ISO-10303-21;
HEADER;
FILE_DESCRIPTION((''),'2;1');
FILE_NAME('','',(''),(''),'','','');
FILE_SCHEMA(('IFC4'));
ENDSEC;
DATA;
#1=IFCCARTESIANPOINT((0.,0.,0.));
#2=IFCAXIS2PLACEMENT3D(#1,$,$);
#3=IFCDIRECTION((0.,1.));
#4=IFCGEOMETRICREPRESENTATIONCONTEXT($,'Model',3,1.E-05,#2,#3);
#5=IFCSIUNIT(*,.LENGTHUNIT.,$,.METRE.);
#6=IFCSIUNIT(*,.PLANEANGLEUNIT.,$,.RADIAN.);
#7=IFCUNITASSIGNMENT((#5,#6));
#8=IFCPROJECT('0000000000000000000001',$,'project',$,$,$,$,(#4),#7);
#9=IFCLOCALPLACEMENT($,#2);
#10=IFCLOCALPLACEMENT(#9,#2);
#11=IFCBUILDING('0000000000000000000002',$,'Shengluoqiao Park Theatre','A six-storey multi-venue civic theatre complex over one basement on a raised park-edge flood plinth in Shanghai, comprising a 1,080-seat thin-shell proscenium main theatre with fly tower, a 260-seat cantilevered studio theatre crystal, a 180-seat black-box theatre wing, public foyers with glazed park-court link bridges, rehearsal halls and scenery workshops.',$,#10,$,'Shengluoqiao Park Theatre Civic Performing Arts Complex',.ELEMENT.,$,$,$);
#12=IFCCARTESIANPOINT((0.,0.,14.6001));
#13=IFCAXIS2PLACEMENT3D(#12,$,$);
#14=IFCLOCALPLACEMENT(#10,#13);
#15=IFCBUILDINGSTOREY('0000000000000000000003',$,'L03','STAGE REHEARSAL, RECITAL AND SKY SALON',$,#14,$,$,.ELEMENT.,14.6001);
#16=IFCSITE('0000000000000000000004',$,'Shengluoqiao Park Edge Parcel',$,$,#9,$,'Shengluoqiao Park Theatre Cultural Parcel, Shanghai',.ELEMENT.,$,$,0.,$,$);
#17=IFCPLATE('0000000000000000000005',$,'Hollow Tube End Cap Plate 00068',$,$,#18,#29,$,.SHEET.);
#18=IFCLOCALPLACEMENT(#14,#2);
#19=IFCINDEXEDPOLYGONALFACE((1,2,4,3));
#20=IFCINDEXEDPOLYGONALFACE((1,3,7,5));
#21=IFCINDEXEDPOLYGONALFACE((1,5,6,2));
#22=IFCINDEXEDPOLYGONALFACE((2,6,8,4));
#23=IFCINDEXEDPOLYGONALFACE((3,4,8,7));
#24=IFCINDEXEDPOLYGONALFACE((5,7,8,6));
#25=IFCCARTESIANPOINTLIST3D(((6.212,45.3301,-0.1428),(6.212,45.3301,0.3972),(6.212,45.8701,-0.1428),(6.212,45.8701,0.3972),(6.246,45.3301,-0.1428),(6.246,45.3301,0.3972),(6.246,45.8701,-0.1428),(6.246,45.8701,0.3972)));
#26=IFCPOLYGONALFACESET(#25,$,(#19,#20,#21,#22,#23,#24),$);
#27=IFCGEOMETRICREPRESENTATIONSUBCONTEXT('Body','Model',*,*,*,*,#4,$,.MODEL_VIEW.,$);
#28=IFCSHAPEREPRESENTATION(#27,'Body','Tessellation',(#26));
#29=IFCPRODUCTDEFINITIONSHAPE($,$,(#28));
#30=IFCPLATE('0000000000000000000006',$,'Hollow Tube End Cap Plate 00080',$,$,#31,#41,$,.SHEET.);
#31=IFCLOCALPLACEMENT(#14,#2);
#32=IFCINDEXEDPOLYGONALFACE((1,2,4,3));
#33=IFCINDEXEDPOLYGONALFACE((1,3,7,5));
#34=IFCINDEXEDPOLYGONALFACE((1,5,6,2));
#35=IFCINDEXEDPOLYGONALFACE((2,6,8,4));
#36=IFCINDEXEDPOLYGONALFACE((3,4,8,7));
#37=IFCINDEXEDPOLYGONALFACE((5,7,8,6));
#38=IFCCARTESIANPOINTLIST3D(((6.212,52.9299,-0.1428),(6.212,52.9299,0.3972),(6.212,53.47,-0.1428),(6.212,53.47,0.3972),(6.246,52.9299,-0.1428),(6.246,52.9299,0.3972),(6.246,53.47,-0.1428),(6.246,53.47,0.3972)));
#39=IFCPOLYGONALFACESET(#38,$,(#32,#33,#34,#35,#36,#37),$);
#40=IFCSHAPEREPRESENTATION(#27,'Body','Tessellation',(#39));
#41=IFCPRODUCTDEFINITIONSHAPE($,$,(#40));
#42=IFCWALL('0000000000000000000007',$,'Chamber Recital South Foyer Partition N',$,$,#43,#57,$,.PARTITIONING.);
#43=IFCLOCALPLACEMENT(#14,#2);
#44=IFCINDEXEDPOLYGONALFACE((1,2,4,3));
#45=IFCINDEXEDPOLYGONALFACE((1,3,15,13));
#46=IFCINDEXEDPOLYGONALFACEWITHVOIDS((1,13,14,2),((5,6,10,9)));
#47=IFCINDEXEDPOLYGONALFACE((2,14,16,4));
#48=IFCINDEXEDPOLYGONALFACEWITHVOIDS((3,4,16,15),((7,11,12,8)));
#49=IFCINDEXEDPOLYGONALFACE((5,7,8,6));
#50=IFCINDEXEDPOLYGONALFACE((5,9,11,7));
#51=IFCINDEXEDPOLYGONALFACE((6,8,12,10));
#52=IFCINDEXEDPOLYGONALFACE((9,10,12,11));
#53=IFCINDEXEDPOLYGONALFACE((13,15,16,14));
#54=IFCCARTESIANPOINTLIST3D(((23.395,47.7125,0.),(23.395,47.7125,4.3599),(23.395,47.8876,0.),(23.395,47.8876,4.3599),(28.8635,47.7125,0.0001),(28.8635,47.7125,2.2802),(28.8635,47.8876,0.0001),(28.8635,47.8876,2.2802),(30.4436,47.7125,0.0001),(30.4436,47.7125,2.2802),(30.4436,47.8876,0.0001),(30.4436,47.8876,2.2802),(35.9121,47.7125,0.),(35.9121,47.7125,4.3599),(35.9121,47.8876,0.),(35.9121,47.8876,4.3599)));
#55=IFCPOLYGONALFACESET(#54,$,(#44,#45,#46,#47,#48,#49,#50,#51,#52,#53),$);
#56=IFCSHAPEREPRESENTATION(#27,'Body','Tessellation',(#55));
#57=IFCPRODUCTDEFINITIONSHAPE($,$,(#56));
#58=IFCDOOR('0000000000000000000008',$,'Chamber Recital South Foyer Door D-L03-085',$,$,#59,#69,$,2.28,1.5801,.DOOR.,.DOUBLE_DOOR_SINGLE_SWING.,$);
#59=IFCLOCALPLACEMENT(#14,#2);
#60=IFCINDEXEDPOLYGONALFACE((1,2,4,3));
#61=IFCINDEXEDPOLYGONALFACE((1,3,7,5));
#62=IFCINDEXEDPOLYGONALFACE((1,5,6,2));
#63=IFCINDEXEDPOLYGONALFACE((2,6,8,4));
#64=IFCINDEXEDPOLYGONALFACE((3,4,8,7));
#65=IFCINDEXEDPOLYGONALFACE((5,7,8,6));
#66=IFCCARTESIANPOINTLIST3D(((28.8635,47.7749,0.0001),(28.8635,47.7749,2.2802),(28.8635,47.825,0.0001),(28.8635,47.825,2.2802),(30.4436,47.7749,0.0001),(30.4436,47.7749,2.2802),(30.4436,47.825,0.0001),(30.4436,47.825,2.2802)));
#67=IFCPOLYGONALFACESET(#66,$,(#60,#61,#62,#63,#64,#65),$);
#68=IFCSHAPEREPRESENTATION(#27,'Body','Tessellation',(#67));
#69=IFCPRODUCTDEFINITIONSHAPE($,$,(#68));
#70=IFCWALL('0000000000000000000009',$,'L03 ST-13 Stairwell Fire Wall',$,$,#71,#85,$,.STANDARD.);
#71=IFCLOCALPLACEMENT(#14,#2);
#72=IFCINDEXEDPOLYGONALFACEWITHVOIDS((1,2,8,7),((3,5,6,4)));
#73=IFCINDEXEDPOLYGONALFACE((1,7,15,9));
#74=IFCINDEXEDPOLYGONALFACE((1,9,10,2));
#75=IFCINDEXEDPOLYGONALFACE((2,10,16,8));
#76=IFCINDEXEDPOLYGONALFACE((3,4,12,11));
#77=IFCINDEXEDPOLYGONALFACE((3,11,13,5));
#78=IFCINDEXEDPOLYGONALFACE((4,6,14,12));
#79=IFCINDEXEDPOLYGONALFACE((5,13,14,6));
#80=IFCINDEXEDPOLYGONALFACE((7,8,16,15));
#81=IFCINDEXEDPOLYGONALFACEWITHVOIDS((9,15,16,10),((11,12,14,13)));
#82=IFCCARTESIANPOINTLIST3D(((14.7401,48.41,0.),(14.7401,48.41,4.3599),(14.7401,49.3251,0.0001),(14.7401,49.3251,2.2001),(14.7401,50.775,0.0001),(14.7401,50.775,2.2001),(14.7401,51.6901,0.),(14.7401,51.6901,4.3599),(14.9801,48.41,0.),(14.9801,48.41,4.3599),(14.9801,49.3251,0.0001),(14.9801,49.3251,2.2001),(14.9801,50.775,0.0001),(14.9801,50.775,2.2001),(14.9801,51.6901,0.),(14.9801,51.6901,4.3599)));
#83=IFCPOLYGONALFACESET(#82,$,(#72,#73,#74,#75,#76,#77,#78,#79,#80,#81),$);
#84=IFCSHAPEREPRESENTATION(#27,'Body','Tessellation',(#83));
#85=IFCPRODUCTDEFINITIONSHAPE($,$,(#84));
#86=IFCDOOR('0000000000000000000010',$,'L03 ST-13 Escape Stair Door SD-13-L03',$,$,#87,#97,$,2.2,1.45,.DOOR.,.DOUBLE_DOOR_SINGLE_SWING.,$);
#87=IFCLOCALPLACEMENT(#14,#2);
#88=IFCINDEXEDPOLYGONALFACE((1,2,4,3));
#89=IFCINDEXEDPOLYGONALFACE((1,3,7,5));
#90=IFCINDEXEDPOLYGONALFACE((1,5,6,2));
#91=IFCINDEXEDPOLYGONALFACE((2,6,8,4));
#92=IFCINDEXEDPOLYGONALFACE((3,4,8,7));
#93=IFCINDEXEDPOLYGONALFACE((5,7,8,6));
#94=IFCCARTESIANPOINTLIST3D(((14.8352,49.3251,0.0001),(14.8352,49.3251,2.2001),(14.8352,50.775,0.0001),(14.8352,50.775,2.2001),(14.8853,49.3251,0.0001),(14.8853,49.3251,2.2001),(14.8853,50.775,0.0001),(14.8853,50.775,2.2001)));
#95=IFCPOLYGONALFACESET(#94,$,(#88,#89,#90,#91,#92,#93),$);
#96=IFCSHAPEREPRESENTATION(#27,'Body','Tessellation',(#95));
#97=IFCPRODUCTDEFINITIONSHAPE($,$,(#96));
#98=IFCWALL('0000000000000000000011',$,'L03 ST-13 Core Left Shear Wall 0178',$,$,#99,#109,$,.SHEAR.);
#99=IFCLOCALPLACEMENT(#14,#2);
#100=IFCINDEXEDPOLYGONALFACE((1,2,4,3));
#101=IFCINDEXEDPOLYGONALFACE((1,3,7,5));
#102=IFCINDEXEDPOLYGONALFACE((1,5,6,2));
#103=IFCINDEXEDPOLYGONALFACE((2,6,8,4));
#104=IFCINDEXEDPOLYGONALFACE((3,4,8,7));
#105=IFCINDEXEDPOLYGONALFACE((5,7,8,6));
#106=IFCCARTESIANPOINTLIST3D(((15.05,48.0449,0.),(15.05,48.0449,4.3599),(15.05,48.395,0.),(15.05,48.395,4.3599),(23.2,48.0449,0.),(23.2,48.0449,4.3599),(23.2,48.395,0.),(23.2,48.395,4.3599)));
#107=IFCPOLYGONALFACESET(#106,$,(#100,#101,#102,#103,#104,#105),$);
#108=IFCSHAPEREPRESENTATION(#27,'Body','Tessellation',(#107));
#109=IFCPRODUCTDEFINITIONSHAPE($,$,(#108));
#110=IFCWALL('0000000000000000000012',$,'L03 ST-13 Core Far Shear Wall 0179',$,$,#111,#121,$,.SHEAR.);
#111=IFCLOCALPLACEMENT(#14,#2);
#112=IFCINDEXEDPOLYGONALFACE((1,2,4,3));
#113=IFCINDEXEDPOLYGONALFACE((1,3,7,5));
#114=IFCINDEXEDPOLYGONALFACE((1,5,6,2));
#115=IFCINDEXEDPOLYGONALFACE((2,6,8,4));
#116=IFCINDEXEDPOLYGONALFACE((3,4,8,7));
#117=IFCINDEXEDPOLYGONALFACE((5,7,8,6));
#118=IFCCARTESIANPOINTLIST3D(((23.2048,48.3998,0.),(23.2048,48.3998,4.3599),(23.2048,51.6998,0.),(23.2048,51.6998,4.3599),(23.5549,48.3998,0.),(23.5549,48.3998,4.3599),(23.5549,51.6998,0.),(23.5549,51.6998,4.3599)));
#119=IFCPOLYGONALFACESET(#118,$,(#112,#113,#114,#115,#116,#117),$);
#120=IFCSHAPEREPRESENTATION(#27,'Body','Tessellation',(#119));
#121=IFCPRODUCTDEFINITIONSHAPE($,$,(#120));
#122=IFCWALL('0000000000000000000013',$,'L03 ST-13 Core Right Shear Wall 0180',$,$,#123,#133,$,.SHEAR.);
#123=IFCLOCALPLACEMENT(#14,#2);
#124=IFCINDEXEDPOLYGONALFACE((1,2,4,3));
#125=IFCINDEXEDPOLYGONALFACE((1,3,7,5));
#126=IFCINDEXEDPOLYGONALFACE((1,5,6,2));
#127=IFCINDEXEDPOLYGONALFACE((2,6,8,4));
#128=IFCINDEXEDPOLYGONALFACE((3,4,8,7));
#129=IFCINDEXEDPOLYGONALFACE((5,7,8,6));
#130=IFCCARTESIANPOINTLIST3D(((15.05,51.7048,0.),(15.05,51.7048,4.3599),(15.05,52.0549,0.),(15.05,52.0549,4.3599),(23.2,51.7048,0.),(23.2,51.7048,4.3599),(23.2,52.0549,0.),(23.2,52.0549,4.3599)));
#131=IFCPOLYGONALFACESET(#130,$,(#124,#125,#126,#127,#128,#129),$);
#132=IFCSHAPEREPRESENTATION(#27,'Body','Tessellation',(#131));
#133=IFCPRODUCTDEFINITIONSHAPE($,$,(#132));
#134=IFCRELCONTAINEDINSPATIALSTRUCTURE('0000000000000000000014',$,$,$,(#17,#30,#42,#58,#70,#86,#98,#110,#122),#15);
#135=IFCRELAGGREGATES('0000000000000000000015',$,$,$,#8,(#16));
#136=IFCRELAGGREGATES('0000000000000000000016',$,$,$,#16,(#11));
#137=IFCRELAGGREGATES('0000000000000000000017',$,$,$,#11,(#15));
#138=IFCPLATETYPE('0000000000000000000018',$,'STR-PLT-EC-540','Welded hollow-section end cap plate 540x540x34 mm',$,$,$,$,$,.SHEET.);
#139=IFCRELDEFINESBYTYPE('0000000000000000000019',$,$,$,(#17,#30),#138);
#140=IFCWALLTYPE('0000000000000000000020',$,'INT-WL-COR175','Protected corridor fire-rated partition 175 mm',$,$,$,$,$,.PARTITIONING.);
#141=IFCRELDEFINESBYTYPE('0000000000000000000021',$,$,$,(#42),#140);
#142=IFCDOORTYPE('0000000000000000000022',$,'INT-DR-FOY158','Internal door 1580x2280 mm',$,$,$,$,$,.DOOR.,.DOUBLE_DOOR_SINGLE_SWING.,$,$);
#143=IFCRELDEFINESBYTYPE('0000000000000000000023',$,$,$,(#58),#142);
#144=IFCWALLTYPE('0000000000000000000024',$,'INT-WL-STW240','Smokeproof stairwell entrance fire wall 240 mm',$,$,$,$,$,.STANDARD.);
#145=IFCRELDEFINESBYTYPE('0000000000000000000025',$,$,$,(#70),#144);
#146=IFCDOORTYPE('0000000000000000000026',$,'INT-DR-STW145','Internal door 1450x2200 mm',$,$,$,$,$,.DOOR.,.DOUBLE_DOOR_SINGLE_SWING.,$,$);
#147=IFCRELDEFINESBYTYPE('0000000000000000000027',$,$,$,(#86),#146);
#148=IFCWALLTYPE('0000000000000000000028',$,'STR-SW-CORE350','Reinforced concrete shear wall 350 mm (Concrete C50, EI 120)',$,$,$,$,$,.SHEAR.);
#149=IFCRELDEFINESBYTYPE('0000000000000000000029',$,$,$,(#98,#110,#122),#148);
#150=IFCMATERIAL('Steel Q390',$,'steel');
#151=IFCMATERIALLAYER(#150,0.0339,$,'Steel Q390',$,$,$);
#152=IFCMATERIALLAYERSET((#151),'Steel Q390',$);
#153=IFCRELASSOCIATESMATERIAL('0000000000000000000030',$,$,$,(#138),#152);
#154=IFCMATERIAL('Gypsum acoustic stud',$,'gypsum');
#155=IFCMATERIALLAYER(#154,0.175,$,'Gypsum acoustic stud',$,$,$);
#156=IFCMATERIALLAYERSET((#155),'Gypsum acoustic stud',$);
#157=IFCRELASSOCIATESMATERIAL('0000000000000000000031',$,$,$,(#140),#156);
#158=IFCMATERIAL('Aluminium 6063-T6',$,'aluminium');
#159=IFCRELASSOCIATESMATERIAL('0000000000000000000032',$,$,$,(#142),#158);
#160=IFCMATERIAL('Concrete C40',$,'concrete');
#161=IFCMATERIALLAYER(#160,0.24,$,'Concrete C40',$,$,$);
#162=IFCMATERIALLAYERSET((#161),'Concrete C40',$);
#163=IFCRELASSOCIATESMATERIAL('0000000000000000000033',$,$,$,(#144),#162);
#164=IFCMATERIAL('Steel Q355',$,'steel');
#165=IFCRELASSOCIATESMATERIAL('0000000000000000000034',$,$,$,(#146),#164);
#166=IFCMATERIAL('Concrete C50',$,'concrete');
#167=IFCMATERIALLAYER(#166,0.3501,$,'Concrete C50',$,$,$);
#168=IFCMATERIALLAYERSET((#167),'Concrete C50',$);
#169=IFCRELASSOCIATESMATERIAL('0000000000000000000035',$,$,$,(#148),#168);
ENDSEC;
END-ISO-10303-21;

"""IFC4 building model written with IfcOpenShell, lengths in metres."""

from ifc_helpers import new_model, si_unit, direction, frame, frame_2d, origin, origin_2d, place, context, subcontext, project, spatial, rectangle, extrude, material, layer, layer_set, type_object, element, fill, save


model = new_model("IFC4")

# Units and contexts
model_context = context("Model", 3, precision=1e-05, world=origin(), true_north=direction((0.0, 1.0)))
body_context = subcontext(model_context, "Body", "Model", "MODEL_VIEW")
ifc_project = project(units=[si_unit("LENGTHUNIT", "METRE"), si_unit("PLANEANGLEUNIT", "RADIAN")], contexts=[model_context])

# Site, building, storey
site_placement = place(None, origin())
site = spatial("IfcSite", under=ifc_project, at=site_placement, Name="Shengluoqiao Park Edge Parcel", LongName="Shengluoqiao Park Theatre Cultural Parcel, Shanghai", CompositionType="ELEMENT", RefElevation=0.0)
building_placement = place(site_placement, origin())
building = spatial("IfcBuilding", under=site, at=building_placement, Name="Shengluoqiao Park Theatre", Description="A six-storey multi-venue civic theatre complex over one basement on a raised park-edge flood plinth in Shanghai, comprising a 1,080-seat thin-shell proscenium main theatre with fly tower, a 260-seat cantilevered studio theatre crystal, a 180-seat black-box theatre wing, public foyers with glazed park-court link bridges, rehearsal halls and scenery workshops.", LongName="Shengluoqiao Park Theatre Civic Performing Arts Complex", CompositionType="ELEMENT")
storey_placement = place(building_placement, frame((0.0, 0.0, 14.6001)))
storey = spatial("IfcBuildingStorey", under=building, at=storey_placement, Name="L03", Description="STAGE REHEARSAL, RECITAL AND SKY SALON", CompositionType="ELEMENT", Elevation=14.6001)

# Shared definitions
ifc_material_1 = material(Name="Steel Q355", Category="steel")

# Shared definitions
ifc_material_2 = material(Name="Steel Q390", Category="steel")

# Plates
ifc_layer_1 = layer(ifc_material_2, 0.0339, Name="Steel Q390")
ifc_layer_set_1 = layer_set([ifc_layer_1], Name="Steel Q390")
plate_type = type_object("IfcPlateType", Name="STR-PLT-EC-540", Description="Welded hollow-section end cap plate 540x540x34 mm", PredefinedType="SHEET", material=ifc_layer_set_1)
for number, where, z_axis, x_axis, name in (
    (1, (6.229, 45.6001, -0.1428), (0.0, 0.0, 1.0), (-1.0, 0.0, 0.0), "Hollow Tube End Cap Plate 00068"),
    (2, (6.229, 53.2, -0.1428), (0.0, 0.0, 1.0), (-1.0, 0.0, 0.0), "Hollow Tube End Cap Plate 00080"),
):
    element("IfcPlate", number, at=place(storey_placement, frame(where, z_axis=z_axis, x_axis=x_axis)), inside=storey, type_object=plate_type, Name=name, PredefinedType="SHEET", context=body_context, shape_type="SweptSolid", body=[
        extrude(rectangle(XDim=0.0339, YDim=0.54, at=origin_2d()), origin(), (0.0, 0.0, 1.0), 0.54),
    ])

# Walls, openings, doors
ifc_material_3 = material(Name="Gypsum acoustic stud", Category="gypsum")
ifc_layer_2 = layer(ifc_material_3, 0.175, Name="Gypsum acoustic stud")
ifc_layer_set_2 = layer_set([ifc_layer_2], Name="Gypsum acoustic stud")
wall_type_1 = type_object("IfcWallType", Name="INT-WL-COR175", Description="Protected corridor fire-rated partition 175 mm", PredefinedType="PARTITIONING", material=ifc_layer_set_2)
wall_1_placement = place(storey_placement, frame((23.395, 47.8, 0.0), z_axis=(0.0, 0.0, 1.0), x_axis=(1.0, 0.0, 0.0)))
wall_1 = element("IfcWall", 3, at=wall_1_placement, inside=storey, type_object=wall_type_1, Name="Chamber Recital South Foyer Partition N", PredefinedType="PARTITIONING", context=body_context, shape_type="SweptSolid", body=[
    extrude(rectangle(XDim=12.5171, YDim=0.175, at=frame_2d((6.2585, 0.0))), origin(), (0.0, 0.0, 1.0), 4.3599),
])
opening_1_placement = place(wall_1_placement, frame((5.4685, 0.0, 0.0)))
opening_1 = element("IfcOpeningElement", 4, at=opening_1_placement, cuts=wall_1, PredefinedType="OPENING", context=body_context, shape_type="SweptSolid", body=[
    extrude(rectangle(XDim=1.5801, YDim=2.28, at=frame_2d((0.79, 1.1401))), frame((0.0, 0.0974, 0.0), z_axis=(0.0, -1.0, 0.0), x_axis=(1.0, 0.0, 0.0)), (0.0, 0.0, 1.0), 0.1951),
])
ifc_material_4 = material(Name="Aluminium 6063-T6", Category="aluminium")
door_type_1 = type_object("IfcDoorType", Name="INT-DR-FOY158", Description="Internal door 1580x2280 mm", OperationType="DOUBLE_DOOR_SINGLE_SWING", PredefinedType="DOOR", material=ifc_material_4)
door_1_placement = place(opening_1_placement, origin())
door_1 = element("IfcDoor", 5, at=door_1_placement, inside=storey, type_object=door_type_1, Name="Chamber Recital South Foyer Door D-L03-085", OperationType="DOUBLE_DOOR_SINGLE_SWING", OverallHeight=2.28, OverallWidth=1.5801, PredefinedType="DOOR", context=body_context, shape_type="SweptSolid", body=[
    extrude(rectangle(XDim=1.5801, YDim=2.28, at=frame_2d((0.79, 1.1401))), frame((0.0, 0.0249, 0.0), z_axis=(0.0, -1.0, 0.0), x_axis=(1.0, 0.0, 0.0)), (0.0, 0.0, 1.0), 0.05),
])
fill(opening_1, door_1)
ifc_material_5 = material(Name="Concrete C40", Category="concrete")
ifc_layer_3 = layer(ifc_material_5, 0.24, Name="Concrete C40")
ifc_layer_set_3 = layer_set([ifc_layer_3], Name="Concrete C40")
wall_type_2 = type_object("IfcWallType", Name="INT-WL-STW240", Description="Smokeproof stairwell entrance fire wall 240 mm", PredefinedType="STANDARD", material=ifc_layer_set_3)
wall_2_placement = place(storey_placement, frame((14.8601, 48.4099, 0.0), z_axis=(0.0, 0.0, 1.0), x_axis=(0.0, 1.0, 0.0)))
wall_2 = element("IfcWall", 6, at=wall_2_placement, inside=storey, type_object=wall_type_2, Name="L03 ST-13 Stairwell Fire Wall", PredefinedType="STANDARD", context=body_context, shape_type="SweptSolid", body=[
    extrude(rectangle(XDim=3.28, YDim=0.24, at=frame_2d((1.6401, 0.0))), origin(), (0.0, 0.0, 1.0), 4.3599),
])
opening_2_placement = place(wall_2_placement, frame((0.915, 0.0, 0.0)))
opening_2 = element("IfcOpeningElement", 7, at=opening_2_placement, cuts=wall_2, PredefinedType="OPENING", context=body_context, shape_type="SweptSolid", body=[
    extrude(rectangle(XDim=1.45, YDim=2.2, at=frame_2d((0.7251, 1.1001))), frame((0.0, 0.1299, 0.0), z_axis=(0.0, -1.0, 0.0), x_axis=(1.0, 0.0, 0.0)), (0.0, 0.0, 1.0), 0.26),
])
door_type_2 = type_object("IfcDoorType", Name="INT-DR-STW145", Description="Internal door 1450x2200 mm", OperationType="DOUBLE_DOOR_SINGLE_SWING", PredefinedType="DOOR", material=ifc_material_1)
door_2_placement = place(opening_2_placement, origin())
door_2 = element("IfcDoor", 8, at=door_2_placement, inside=storey, type_object=door_type_2, Name="L03 ST-13 Escape Stair Door SD-13-L03", OperationType="DOUBLE_DOOR_SINGLE_SWING", OverallHeight=2.2, OverallWidth=1.45, PredefinedType="DOOR", context=body_context, shape_type="SweptSolid", body=[
    extrude(rectangle(XDim=1.45, YDim=2.2, at=frame_2d((0.7251, 1.1001))), frame((0.0, 0.0249, 0.0), z_axis=(0.0, -1.0, 0.0), x_axis=(1.0, 0.0, 0.0)), (0.0, 0.0, 1.0), 0.05),
])
fill(opening_2, door_2)

# Walls
ifc_material_6 = material(Name="Concrete C50", Category="concrete")
ifc_layer_4 = layer(ifc_material_6, 0.3501, Name="Concrete C50")
ifc_layer_set_4 = layer_set([ifc_layer_4], Name="Concrete C50")
wall_type_3 = type_object("IfcWallType", Name="STR-SW-CORE350", Description="Reinforced concrete shear wall 350 mm (Concrete C50, EI 120)", PredefinedType="SHEAR", material=ifc_layer_set_4)
wall_3_placement = place(storey_placement, frame((15.05, 48.22, 0.0), z_axis=(0.0, 0.0, 1.0), x_axis=(1.0, 0.0, 0.0)))
element("IfcWall", 9, at=wall_3_placement, inside=storey, type_object=wall_type_3, Name="L03 ST-13 Core Left Shear Wall 0178", PredefinedType="SHEAR", context=body_context, shape_type="SweptSolid", body=[
    extrude(rectangle(XDim=8.1499, YDim=0.3501, at=frame_2d((4.075, 0.0))), origin(), (0.0, 0.0, 1.0), 4.3599),
])
wall_4_placement = place(storey_placement, frame((23.3799, 48.3999, 0.0), z_axis=(0.0, 0.0, 1.0), x_axis=(0.0, 1.0, 0.0)))
element("IfcWall", 10, at=wall_4_placement, inside=storey, type_object=wall_type_3, Name="L03 ST-13 Core Far Shear Wall 0179", PredefinedType="SHEAR", context=body_context, shape_type="SweptSolid", body=[
    extrude(rectangle(XDim=3.3, YDim=0.3501, at=frame_2d((1.6499, 0.0))), origin(), (0.0, 0.0, 1.0), 4.3599),
])
wall_5_placement = place(storey_placement, frame((23.2, 51.8799, 0.0), z_axis=(0.0, 0.0, 1.0), x_axis=(-1.0, 0.0, 0.0)))
element("IfcWall", 11, at=wall_5_placement, inside=storey, type_object=wall_type_3, Name="L03 ST-13 Core Right Shear Wall 0180", PredefinedType="SHEAR", context=body_context, shape_type="SweptSolid", body=[
    extrude(rectangle(XDim=8.1499, YDim=0.3501, at=frame_2d((4.075, 0.0))), origin(), (0.0, 0.0, 1.0), 4.3599),
])

save(model, "model.ifc")
